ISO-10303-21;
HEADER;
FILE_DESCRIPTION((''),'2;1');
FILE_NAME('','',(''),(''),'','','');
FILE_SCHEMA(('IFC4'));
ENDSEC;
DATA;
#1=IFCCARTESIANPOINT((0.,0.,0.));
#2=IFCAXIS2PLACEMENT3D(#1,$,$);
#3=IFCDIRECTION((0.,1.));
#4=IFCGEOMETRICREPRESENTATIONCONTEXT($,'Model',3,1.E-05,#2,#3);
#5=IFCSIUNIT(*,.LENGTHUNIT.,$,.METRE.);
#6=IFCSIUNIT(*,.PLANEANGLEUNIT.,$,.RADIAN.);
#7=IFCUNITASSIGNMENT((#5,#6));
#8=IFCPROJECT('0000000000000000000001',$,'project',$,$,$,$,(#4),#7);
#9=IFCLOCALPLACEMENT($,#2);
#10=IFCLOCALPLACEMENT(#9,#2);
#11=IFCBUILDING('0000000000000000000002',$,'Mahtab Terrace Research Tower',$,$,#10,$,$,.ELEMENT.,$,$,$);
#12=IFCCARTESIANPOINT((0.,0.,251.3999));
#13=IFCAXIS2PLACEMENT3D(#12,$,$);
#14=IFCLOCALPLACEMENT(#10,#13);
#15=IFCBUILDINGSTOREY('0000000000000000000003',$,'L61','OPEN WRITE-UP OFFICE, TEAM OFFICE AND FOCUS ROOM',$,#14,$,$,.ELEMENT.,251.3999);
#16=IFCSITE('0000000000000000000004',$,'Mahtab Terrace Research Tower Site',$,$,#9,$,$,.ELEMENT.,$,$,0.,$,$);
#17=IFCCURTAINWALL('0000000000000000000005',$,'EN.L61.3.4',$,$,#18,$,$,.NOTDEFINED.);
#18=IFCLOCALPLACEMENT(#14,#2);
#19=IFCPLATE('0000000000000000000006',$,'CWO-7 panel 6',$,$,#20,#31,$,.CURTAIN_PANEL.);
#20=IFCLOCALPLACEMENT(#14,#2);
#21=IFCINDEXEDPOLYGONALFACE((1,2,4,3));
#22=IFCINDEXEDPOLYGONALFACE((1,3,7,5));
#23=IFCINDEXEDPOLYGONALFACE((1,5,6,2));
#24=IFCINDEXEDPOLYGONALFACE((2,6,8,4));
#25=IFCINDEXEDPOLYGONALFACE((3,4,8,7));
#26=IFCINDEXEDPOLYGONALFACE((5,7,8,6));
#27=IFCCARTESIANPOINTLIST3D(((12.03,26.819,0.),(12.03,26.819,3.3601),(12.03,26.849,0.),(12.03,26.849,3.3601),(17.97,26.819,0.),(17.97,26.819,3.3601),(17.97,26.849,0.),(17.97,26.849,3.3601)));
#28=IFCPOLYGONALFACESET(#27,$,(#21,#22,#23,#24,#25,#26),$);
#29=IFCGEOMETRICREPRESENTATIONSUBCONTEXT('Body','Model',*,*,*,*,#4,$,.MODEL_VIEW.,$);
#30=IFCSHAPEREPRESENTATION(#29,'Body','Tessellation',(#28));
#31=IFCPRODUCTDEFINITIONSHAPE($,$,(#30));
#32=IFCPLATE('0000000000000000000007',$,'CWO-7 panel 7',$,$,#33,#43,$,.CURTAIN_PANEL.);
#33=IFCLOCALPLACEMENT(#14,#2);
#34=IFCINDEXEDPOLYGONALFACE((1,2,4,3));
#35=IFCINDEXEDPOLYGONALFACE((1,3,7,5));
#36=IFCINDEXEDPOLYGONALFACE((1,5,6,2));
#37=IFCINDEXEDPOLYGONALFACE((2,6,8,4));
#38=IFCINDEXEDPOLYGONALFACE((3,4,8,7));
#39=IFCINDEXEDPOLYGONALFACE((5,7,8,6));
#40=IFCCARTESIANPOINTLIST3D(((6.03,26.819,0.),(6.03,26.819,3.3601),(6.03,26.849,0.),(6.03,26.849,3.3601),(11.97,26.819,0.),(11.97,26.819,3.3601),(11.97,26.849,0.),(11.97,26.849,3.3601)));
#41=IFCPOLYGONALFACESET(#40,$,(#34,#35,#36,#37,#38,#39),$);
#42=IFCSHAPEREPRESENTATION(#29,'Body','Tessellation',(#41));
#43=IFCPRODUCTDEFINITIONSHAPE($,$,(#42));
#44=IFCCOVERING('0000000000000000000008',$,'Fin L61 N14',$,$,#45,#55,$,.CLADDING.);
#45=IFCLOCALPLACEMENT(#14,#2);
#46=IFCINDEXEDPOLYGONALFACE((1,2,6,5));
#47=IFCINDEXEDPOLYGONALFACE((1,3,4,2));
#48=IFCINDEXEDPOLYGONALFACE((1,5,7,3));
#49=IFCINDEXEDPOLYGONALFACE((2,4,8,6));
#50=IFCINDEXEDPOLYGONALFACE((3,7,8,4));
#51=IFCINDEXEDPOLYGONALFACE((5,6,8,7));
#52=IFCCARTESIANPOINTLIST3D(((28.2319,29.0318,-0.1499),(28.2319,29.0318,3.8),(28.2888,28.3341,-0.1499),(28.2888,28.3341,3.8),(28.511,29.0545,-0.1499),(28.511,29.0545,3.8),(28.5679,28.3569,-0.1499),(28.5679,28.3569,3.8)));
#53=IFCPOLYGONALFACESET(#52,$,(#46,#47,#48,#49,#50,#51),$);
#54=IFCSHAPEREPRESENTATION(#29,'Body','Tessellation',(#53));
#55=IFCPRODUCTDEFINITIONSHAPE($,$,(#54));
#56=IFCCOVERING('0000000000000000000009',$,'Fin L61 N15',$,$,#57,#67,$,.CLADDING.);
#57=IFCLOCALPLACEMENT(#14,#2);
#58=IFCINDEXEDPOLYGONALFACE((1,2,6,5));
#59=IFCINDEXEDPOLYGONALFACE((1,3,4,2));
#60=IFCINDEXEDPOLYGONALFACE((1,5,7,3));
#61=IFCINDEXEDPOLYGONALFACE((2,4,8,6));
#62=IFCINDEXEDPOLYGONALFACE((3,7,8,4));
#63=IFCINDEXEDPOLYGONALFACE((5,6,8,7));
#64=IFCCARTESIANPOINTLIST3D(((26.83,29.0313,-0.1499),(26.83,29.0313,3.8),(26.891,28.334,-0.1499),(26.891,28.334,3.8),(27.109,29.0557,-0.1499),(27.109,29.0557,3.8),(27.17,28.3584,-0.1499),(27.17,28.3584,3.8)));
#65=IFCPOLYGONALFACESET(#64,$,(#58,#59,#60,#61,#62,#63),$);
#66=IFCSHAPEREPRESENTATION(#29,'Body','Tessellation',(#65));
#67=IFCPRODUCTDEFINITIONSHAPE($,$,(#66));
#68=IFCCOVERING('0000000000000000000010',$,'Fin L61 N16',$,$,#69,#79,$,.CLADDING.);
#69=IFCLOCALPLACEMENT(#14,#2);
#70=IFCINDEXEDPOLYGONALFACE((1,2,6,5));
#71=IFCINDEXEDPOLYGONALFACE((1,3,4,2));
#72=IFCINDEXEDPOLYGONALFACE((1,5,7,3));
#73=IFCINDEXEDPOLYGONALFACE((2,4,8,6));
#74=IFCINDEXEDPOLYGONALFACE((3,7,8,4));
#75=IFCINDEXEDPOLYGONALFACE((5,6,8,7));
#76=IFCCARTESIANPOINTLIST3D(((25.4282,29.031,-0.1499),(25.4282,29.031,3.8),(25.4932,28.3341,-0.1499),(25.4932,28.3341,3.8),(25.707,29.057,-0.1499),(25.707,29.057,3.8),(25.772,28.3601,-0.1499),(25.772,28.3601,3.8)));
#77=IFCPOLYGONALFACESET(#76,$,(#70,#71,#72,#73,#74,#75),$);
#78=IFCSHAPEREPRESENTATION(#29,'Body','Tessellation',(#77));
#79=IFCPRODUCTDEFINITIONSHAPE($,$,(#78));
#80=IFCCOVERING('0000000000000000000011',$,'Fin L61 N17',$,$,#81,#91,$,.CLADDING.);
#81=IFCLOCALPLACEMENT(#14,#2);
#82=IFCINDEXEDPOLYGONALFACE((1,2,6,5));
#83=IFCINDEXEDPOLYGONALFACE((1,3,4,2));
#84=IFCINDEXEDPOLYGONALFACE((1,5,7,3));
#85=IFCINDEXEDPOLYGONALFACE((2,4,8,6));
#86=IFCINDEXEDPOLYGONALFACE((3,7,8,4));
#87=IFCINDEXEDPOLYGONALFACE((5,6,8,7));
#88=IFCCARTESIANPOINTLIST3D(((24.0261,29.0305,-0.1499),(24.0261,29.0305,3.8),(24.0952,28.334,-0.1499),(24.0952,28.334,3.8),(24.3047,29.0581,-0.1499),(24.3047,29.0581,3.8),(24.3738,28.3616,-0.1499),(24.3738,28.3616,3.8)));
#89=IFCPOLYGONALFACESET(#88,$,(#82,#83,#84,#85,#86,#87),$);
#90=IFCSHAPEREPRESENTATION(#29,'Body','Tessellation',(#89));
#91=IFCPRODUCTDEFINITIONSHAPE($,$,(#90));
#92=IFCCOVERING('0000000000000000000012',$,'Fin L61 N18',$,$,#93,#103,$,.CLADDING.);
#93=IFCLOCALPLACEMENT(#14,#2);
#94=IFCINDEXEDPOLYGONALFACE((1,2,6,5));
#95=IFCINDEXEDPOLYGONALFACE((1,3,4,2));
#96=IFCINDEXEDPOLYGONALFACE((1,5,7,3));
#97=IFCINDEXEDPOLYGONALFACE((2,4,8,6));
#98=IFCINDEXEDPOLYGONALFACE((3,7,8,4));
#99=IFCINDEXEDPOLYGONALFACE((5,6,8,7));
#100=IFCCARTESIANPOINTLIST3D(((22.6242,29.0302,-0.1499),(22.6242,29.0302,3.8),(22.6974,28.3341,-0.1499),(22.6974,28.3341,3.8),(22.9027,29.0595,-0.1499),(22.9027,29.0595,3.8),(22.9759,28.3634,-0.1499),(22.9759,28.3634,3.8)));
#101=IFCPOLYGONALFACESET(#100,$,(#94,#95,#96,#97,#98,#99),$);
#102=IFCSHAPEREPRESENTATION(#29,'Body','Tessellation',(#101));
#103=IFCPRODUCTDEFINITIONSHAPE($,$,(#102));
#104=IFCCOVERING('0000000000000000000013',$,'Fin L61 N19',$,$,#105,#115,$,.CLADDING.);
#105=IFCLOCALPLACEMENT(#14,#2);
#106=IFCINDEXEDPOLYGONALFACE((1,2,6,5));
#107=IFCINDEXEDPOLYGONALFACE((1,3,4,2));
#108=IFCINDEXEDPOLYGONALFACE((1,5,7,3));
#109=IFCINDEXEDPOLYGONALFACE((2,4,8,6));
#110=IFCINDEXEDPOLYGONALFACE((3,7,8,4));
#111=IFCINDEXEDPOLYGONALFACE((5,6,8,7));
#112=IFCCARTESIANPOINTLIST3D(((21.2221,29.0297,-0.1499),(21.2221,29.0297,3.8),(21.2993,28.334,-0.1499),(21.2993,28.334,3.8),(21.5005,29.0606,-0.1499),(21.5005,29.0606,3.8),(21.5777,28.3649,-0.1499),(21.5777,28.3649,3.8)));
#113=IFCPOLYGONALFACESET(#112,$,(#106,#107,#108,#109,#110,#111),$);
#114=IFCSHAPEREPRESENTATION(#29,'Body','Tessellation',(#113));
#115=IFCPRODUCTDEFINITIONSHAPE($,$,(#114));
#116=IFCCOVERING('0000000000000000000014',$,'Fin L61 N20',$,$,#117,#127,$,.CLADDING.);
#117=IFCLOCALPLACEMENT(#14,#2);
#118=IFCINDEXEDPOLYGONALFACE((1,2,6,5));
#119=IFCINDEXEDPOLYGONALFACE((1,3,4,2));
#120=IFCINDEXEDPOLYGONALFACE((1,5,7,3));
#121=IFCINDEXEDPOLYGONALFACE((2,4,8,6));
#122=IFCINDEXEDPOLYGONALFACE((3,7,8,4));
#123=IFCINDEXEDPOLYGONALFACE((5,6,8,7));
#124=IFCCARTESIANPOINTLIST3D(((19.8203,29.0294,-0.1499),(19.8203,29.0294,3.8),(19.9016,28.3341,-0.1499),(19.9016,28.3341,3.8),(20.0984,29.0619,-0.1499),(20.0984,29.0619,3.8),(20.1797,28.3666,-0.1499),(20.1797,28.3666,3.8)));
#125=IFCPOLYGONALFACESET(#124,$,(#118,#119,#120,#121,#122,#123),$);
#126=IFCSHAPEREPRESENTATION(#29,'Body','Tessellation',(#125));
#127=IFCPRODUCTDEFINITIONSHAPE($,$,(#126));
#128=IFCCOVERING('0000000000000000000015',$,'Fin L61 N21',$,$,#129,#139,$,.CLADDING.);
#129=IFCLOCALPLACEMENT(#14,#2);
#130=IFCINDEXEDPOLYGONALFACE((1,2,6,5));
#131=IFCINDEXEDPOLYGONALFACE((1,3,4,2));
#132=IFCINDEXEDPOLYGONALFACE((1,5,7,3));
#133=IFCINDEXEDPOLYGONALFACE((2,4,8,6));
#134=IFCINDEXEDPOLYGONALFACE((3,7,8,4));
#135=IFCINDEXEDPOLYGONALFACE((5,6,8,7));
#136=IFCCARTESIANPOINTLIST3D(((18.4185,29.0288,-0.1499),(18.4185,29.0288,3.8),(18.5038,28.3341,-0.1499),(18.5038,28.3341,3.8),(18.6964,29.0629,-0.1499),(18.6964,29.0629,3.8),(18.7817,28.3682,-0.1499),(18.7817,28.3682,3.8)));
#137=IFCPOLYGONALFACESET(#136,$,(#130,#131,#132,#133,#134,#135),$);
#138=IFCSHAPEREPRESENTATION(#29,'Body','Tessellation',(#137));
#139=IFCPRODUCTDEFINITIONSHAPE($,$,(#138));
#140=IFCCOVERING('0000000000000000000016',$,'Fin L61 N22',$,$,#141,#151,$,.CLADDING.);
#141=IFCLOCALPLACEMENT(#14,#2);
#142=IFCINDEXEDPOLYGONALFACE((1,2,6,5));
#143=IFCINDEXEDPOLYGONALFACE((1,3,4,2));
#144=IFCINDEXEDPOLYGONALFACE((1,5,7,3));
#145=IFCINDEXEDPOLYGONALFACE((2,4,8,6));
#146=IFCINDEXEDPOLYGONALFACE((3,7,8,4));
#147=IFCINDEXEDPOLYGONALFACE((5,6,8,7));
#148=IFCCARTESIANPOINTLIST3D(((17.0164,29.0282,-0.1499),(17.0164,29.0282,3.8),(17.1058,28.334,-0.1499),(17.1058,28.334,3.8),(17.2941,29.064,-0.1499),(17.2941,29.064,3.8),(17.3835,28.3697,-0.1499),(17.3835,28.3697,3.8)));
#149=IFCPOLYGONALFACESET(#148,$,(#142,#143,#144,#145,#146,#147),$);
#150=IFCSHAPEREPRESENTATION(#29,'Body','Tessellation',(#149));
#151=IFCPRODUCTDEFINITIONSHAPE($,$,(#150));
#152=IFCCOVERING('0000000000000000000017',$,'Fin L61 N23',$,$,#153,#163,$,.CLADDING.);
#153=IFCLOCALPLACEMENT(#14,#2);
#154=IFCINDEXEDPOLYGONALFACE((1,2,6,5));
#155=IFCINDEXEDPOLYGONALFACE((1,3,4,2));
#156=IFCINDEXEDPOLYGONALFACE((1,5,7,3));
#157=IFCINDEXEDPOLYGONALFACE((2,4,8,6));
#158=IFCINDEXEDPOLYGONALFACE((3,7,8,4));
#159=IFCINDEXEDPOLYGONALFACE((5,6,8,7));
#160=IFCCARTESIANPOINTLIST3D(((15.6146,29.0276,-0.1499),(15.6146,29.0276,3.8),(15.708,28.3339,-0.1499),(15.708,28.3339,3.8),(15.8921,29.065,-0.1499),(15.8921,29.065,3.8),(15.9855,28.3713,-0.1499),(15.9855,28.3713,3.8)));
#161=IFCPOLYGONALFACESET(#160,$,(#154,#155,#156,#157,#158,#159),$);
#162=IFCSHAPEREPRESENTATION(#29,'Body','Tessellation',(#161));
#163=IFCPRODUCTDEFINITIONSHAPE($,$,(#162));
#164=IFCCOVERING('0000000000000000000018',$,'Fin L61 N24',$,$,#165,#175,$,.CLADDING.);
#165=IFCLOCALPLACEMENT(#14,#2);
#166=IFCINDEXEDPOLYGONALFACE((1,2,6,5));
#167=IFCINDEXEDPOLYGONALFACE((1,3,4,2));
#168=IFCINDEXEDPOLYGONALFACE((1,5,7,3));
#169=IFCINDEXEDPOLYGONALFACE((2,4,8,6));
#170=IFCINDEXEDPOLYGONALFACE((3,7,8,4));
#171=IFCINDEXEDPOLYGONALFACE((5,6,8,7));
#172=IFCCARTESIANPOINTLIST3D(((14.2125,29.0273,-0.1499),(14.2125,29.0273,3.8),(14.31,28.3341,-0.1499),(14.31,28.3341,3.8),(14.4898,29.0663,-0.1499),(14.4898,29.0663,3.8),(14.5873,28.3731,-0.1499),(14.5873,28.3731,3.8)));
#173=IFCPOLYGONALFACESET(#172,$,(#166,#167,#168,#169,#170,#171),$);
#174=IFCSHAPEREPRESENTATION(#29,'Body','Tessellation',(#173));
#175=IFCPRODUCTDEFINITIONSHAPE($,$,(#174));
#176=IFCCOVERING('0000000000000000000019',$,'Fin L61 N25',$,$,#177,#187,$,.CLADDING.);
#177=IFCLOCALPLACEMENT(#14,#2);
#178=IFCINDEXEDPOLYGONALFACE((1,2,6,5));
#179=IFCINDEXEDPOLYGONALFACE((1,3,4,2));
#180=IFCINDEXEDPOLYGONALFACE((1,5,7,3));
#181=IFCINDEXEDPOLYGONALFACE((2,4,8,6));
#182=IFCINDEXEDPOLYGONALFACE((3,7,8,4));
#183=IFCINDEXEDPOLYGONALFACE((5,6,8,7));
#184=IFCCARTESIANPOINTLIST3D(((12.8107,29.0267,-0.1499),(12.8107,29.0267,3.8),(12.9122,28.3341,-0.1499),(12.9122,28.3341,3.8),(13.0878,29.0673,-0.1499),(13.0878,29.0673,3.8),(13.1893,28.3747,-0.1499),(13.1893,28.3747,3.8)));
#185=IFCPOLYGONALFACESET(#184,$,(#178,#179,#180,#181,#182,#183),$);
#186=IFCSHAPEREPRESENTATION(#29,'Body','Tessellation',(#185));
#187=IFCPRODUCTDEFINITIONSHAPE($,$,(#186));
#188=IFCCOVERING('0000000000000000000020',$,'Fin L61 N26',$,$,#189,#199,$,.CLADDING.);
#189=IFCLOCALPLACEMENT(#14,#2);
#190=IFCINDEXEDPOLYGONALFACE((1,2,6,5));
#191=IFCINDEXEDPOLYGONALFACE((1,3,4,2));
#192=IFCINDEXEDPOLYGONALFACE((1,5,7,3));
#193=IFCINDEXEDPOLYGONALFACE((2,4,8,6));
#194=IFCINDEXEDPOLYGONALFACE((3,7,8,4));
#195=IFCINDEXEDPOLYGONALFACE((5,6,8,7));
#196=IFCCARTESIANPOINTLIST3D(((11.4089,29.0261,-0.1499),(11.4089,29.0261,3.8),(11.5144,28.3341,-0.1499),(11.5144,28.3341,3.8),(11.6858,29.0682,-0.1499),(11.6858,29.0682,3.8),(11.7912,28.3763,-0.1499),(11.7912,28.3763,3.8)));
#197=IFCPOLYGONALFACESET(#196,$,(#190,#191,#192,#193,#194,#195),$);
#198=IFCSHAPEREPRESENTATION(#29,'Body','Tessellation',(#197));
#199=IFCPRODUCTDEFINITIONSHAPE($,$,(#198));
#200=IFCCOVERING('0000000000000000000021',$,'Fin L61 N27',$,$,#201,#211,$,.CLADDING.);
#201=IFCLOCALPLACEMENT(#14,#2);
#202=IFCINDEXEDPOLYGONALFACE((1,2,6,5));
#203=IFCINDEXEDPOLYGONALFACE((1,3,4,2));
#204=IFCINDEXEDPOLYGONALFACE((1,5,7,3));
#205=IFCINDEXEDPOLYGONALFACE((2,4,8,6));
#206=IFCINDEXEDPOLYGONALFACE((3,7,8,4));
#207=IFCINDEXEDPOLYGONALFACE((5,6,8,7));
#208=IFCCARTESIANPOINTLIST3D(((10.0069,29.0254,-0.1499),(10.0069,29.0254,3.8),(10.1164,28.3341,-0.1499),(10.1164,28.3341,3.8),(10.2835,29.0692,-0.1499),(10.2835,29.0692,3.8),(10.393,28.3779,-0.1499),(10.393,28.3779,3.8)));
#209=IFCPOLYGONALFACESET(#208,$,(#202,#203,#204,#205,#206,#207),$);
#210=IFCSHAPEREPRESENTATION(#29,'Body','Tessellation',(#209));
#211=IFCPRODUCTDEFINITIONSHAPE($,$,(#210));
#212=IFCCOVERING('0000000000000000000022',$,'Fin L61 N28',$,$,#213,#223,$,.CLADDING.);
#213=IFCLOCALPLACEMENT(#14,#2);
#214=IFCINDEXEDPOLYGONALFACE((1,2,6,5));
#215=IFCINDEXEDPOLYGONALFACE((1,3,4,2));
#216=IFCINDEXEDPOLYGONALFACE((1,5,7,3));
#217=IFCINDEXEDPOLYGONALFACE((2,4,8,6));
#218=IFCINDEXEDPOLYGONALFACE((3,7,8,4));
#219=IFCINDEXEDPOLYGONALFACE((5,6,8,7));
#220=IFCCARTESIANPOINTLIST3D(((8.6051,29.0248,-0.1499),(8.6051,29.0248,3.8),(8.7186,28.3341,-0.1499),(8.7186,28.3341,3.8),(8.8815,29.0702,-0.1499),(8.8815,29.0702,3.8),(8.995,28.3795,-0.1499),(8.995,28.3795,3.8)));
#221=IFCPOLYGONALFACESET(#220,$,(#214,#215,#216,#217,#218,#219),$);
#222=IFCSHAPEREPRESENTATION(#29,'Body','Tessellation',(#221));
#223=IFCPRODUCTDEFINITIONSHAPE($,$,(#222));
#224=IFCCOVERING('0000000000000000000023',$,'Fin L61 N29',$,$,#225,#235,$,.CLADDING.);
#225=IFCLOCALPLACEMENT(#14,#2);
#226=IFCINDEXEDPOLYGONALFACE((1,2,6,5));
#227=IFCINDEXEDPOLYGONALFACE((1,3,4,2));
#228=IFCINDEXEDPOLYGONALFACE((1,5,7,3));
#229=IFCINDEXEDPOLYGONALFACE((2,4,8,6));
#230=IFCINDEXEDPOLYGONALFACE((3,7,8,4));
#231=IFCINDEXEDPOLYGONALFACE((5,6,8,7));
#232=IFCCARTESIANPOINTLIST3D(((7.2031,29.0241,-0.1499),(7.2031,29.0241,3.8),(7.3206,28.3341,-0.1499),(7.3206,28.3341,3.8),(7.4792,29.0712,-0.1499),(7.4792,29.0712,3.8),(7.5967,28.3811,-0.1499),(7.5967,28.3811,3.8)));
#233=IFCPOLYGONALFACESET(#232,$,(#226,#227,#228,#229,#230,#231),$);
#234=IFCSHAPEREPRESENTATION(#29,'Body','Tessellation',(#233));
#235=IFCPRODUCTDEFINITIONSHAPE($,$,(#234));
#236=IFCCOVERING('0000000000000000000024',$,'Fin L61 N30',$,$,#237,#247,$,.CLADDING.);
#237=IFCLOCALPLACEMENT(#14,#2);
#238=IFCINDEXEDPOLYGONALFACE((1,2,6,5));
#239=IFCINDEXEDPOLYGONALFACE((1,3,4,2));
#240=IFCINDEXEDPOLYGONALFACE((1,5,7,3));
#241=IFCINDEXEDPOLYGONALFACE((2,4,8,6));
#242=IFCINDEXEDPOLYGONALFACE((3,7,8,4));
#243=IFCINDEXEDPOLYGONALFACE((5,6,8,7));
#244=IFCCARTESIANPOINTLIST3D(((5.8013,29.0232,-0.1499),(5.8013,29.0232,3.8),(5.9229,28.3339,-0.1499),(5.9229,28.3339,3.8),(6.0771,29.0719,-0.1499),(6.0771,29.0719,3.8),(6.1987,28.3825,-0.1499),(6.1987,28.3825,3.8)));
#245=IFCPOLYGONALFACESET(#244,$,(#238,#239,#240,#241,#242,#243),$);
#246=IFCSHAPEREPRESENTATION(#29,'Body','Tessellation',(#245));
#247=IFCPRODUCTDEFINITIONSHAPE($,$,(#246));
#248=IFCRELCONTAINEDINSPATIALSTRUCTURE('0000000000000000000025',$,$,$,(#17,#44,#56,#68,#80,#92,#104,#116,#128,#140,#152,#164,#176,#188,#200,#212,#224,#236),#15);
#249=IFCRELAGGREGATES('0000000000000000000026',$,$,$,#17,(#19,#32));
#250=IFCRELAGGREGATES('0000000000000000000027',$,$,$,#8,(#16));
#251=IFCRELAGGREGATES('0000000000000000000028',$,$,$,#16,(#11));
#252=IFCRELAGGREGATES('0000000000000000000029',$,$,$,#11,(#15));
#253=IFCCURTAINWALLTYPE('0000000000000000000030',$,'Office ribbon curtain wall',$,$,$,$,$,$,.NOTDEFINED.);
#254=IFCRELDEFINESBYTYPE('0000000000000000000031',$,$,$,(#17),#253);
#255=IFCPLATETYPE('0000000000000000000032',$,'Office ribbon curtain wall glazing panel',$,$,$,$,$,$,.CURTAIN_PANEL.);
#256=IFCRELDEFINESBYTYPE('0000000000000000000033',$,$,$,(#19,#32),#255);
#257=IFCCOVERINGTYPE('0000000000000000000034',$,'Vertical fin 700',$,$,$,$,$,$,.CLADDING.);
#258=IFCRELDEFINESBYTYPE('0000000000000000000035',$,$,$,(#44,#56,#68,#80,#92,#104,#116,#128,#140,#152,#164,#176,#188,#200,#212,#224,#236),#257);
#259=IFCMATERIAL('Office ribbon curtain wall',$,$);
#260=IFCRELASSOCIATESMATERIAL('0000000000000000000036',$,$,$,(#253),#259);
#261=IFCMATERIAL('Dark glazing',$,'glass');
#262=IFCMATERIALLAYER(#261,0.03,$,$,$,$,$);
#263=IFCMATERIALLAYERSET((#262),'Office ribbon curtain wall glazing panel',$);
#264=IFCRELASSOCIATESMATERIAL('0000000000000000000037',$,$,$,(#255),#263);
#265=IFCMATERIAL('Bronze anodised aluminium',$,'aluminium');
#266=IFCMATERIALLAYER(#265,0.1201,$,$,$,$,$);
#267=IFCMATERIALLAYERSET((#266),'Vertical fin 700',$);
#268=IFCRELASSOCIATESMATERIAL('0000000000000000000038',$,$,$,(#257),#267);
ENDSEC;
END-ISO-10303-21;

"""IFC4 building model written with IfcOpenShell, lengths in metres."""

from ifc_helpers import new_model, si_unit, direction, frame, origin, origin_2d, place, context, subcontext, project, spatial, rectangle, extrude, material, layer, layer_set, type_object, element, aggregate, save


model = new_model("IFC4")

# Units and contexts
model_context = context("Model", 3, precision=1e-05, world=origin(), true_north=direction((0.0, 1.0)))
body_context = subcontext(model_context, "Body", "Model", "MODEL_VIEW")
ifc_project = project(units=[si_unit("LENGTHUNIT", "METRE"), si_unit("PLANEANGLEUNIT", "RADIAN")], contexts=[model_context])

# Site, building, storey
site_placement = place(None, origin())
site = spatial("IfcSite", under=ifc_project, at=site_placement, Name="Mahtab Terrace Research Tower Site", CompositionType="ELEMENT", RefElevation=0.0)
building_placement = place(site_placement, origin())
building = spatial("IfcBuilding", under=site, at=building_placement, Name="Mahtab Terrace Research Tower", CompositionType="ELEMENT")
storey_placement = place(building_placement, frame((0.0, 0.0, 251.3999)))
storey = spatial("IfcBuildingStorey", under=building, at=storey_placement, Name="L61", Description="OPEN WRITE-UP OFFICE, TEAM OFFICE AND FOCUS ROOM", CompositionType="ELEMENT", Elevation=251.3999)

# Curtain wall
ifc_material_1 = material(Name="Office ribbon curtain wall")
curtain_wall_type = type_object("IfcCurtainWallType", Name="Office ribbon curtain wall", PredefinedType="NOTDEFINED", material=ifc_material_1)
curtain_wall_placement = place(storey_placement, origin())
curtain_wall = element("IfcCurtainWall", 1, at=curtain_wall_placement, inside=storey, type_object=curtain_wall_type, Name="EN.L61.3.4", PredefinedType="NOTDEFINED")

# Plates
ifc_material_2 = material(Name="Dark glazing", Category="glass")
ifc_layer_1 = layer(ifc_material_2, 0.03)
ifc_layer_set_1 = layer_set([ifc_layer_1], Name="Office ribbon curtain wall glazing panel")
plate_type = type_object("IfcPlateType", Name="Office ribbon curtain wall glazing panel", PredefinedType="CURTAIN_PANEL", material=ifc_layer_set_1)
plate_1_placement = place(storey_placement, frame((15.0, 26.834, 0.0), z_axis=(0.0, 0.0, 1.0), x_axis=(-1.0, 0.0, 0.0)))
plate_1 = element("IfcPlate", 2, at=plate_1_placement, type_object=plate_type, Name="CWO-7 panel 6", PredefinedType="CURTAIN_PANEL", context=body_context, shape_type="SweptSolid", body=[
    extrude(rectangle(XDim=5.9399, YDim=0.03, at=origin_2d()), origin(), (0.0, 0.0, 1.0), 3.3601),
])
plate_2_placement = place(storey_placement, frame((9.0, 26.834, 0.0), z_axis=(0.0, 0.0, 1.0), x_axis=(-1.0, 0.0, 0.0)))
plate_2 = element("IfcPlate", 3, at=plate_2_placement, type_object=plate_type, Name="CWO-7 panel 7", PredefinedType="CURTAIN_PANEL", context=body_context, shape_type="SweptSolid", body=[
    extrude(rectangle(XDim=5.9399, YDim=0.03, at=origin_2d()), origin(), (0.0, 0.0, 1.0), 3.3601),
])
aggregate(curtain_wall, [plate_1, plate_2])

# Coverings
ifc_material_3 = material(Name="Bronze anodised aluminium", Category="aluminium")
ifc_layer_2 = layer(ifc_material_3, 0.1201)
ifc_layer_set_2 = layer_set([ifc_layer_2], Name="Vertical fin 700")
covering_type = type_object("IfcCoveringType", Name="Vertical fin 700", PredefinedType="CLADDING", material=ifc_layer_set_2)
for number, where, z_axis, x_axis, name in (
    (4, (28.3999, 28.6943, -0.1499), (0.0, 0.0, 1.0), (-0.996685, -0.081359, 0.0), "Fin L61 N14"),
    (5, (27.0, 28.6948, -0.1499), (0.0, 0.0, 1.0), (-0.996195, -0.087156, 0.0), "Fin L61 N15"),
    (6, (25.6001, 28.6956, -0.1499), (0.0, 0.0, 1.0), (-0.995671, -0.09295, 0.0), "Fin L61 N16"),
    (7, (24.2, 28.696, -0.1499), (0.0, 0.0, 1.0), (-0.995113, -0.098741, 0.0), "Fin L61 N17"),
    (8, (22.8, 28.6968, -0.1499), (0.0, 0.0, 1.0), (-0.994522, -0.104528, 0.0), "Fin L61 N18"),
    (9, (21.3999, 28.6973, -0.1499), (0.0, 0.0, 1.0), (-0.993897, -0.110313, 0.0), "Fin L61 N19"),
    (10, (20.0, 28.698, -0.1499), (0.0, 0.0, 1.0), (-0.993238, -0.116093, 0.0), "Fin L61 N20"),
    (11, (18.6001, 28.6985, -0.1499), (0.0, 0.0, 1.0), (-0.992546, -0.121869, 0.0), "Fin L61 N21"),
    (12, (17.2, 28.699, -0.1499), (0.0, 0.0, 1.0), (-0.99182, -0.127642, 0.0), "Fin L61 N22"),
    (13, (15.8, 28.6995, -0.1499), (0.0, 0.0, 1.0), (-0.991061, -0.13341, 0.0), "Fin L61 N23"),
    (14, (14.3999, 28.7002, -0.1499), (0.0, 0.0, 1.0), (-0.990268, -0.139173, 0.0), "Fin L61 N24"),
    (15, (13.0, 28.7007, -0.1499), (0.0, 0.0, 1.0), (-0.989442, -0.144932, 0.0), "Fin L61 N25"),
    (16, (11.6001, 28.7012, -0.1499), (0.0, 0.0, 1.0), (-0.988582, -0.150686, 0.0), "Fin L61 N26"),
    (17, (10.2, 28.7017, -0.1499), (0.0, 0.0, 1.0), (-0.987688, -0.156434, 0.0), "Fin L61 N27"),
    (18, (8.8, 28.7021, -0.1499), (0.0, 0.0, 1.0), (-0.986762, -0.162178, 0.0), "Fin L61 N28"),
    (19, (7.3999, 28.7026, -0.1499), (0.0, 0.0, 1.0), (-0.985801, -0.167916, 0.0), "Fin L61 N29"),
    (20, (6.0, 28.7029, -0.1499), (0.0, 0.0, 1.0), (-0.984808, -0.173648, 0.0), "Fin L61 N30"),
):
    element("IfcCovering", number, at=place(storey_placement, frame(where, z_axis=z_axis, x_axis=x_axis)), inside=storey, type_object=covering_type, Name=name, PredefinedType="CLADDING", context=body_context, shape_type="SweptSolid", body=[
        extrude(rectangle(XDim=0.28, YDim=0.7, at=origin_2d()), origin(), (0.0, 0.0, 1.0), 3.95),
    ])

save(model, "model.ifc")
